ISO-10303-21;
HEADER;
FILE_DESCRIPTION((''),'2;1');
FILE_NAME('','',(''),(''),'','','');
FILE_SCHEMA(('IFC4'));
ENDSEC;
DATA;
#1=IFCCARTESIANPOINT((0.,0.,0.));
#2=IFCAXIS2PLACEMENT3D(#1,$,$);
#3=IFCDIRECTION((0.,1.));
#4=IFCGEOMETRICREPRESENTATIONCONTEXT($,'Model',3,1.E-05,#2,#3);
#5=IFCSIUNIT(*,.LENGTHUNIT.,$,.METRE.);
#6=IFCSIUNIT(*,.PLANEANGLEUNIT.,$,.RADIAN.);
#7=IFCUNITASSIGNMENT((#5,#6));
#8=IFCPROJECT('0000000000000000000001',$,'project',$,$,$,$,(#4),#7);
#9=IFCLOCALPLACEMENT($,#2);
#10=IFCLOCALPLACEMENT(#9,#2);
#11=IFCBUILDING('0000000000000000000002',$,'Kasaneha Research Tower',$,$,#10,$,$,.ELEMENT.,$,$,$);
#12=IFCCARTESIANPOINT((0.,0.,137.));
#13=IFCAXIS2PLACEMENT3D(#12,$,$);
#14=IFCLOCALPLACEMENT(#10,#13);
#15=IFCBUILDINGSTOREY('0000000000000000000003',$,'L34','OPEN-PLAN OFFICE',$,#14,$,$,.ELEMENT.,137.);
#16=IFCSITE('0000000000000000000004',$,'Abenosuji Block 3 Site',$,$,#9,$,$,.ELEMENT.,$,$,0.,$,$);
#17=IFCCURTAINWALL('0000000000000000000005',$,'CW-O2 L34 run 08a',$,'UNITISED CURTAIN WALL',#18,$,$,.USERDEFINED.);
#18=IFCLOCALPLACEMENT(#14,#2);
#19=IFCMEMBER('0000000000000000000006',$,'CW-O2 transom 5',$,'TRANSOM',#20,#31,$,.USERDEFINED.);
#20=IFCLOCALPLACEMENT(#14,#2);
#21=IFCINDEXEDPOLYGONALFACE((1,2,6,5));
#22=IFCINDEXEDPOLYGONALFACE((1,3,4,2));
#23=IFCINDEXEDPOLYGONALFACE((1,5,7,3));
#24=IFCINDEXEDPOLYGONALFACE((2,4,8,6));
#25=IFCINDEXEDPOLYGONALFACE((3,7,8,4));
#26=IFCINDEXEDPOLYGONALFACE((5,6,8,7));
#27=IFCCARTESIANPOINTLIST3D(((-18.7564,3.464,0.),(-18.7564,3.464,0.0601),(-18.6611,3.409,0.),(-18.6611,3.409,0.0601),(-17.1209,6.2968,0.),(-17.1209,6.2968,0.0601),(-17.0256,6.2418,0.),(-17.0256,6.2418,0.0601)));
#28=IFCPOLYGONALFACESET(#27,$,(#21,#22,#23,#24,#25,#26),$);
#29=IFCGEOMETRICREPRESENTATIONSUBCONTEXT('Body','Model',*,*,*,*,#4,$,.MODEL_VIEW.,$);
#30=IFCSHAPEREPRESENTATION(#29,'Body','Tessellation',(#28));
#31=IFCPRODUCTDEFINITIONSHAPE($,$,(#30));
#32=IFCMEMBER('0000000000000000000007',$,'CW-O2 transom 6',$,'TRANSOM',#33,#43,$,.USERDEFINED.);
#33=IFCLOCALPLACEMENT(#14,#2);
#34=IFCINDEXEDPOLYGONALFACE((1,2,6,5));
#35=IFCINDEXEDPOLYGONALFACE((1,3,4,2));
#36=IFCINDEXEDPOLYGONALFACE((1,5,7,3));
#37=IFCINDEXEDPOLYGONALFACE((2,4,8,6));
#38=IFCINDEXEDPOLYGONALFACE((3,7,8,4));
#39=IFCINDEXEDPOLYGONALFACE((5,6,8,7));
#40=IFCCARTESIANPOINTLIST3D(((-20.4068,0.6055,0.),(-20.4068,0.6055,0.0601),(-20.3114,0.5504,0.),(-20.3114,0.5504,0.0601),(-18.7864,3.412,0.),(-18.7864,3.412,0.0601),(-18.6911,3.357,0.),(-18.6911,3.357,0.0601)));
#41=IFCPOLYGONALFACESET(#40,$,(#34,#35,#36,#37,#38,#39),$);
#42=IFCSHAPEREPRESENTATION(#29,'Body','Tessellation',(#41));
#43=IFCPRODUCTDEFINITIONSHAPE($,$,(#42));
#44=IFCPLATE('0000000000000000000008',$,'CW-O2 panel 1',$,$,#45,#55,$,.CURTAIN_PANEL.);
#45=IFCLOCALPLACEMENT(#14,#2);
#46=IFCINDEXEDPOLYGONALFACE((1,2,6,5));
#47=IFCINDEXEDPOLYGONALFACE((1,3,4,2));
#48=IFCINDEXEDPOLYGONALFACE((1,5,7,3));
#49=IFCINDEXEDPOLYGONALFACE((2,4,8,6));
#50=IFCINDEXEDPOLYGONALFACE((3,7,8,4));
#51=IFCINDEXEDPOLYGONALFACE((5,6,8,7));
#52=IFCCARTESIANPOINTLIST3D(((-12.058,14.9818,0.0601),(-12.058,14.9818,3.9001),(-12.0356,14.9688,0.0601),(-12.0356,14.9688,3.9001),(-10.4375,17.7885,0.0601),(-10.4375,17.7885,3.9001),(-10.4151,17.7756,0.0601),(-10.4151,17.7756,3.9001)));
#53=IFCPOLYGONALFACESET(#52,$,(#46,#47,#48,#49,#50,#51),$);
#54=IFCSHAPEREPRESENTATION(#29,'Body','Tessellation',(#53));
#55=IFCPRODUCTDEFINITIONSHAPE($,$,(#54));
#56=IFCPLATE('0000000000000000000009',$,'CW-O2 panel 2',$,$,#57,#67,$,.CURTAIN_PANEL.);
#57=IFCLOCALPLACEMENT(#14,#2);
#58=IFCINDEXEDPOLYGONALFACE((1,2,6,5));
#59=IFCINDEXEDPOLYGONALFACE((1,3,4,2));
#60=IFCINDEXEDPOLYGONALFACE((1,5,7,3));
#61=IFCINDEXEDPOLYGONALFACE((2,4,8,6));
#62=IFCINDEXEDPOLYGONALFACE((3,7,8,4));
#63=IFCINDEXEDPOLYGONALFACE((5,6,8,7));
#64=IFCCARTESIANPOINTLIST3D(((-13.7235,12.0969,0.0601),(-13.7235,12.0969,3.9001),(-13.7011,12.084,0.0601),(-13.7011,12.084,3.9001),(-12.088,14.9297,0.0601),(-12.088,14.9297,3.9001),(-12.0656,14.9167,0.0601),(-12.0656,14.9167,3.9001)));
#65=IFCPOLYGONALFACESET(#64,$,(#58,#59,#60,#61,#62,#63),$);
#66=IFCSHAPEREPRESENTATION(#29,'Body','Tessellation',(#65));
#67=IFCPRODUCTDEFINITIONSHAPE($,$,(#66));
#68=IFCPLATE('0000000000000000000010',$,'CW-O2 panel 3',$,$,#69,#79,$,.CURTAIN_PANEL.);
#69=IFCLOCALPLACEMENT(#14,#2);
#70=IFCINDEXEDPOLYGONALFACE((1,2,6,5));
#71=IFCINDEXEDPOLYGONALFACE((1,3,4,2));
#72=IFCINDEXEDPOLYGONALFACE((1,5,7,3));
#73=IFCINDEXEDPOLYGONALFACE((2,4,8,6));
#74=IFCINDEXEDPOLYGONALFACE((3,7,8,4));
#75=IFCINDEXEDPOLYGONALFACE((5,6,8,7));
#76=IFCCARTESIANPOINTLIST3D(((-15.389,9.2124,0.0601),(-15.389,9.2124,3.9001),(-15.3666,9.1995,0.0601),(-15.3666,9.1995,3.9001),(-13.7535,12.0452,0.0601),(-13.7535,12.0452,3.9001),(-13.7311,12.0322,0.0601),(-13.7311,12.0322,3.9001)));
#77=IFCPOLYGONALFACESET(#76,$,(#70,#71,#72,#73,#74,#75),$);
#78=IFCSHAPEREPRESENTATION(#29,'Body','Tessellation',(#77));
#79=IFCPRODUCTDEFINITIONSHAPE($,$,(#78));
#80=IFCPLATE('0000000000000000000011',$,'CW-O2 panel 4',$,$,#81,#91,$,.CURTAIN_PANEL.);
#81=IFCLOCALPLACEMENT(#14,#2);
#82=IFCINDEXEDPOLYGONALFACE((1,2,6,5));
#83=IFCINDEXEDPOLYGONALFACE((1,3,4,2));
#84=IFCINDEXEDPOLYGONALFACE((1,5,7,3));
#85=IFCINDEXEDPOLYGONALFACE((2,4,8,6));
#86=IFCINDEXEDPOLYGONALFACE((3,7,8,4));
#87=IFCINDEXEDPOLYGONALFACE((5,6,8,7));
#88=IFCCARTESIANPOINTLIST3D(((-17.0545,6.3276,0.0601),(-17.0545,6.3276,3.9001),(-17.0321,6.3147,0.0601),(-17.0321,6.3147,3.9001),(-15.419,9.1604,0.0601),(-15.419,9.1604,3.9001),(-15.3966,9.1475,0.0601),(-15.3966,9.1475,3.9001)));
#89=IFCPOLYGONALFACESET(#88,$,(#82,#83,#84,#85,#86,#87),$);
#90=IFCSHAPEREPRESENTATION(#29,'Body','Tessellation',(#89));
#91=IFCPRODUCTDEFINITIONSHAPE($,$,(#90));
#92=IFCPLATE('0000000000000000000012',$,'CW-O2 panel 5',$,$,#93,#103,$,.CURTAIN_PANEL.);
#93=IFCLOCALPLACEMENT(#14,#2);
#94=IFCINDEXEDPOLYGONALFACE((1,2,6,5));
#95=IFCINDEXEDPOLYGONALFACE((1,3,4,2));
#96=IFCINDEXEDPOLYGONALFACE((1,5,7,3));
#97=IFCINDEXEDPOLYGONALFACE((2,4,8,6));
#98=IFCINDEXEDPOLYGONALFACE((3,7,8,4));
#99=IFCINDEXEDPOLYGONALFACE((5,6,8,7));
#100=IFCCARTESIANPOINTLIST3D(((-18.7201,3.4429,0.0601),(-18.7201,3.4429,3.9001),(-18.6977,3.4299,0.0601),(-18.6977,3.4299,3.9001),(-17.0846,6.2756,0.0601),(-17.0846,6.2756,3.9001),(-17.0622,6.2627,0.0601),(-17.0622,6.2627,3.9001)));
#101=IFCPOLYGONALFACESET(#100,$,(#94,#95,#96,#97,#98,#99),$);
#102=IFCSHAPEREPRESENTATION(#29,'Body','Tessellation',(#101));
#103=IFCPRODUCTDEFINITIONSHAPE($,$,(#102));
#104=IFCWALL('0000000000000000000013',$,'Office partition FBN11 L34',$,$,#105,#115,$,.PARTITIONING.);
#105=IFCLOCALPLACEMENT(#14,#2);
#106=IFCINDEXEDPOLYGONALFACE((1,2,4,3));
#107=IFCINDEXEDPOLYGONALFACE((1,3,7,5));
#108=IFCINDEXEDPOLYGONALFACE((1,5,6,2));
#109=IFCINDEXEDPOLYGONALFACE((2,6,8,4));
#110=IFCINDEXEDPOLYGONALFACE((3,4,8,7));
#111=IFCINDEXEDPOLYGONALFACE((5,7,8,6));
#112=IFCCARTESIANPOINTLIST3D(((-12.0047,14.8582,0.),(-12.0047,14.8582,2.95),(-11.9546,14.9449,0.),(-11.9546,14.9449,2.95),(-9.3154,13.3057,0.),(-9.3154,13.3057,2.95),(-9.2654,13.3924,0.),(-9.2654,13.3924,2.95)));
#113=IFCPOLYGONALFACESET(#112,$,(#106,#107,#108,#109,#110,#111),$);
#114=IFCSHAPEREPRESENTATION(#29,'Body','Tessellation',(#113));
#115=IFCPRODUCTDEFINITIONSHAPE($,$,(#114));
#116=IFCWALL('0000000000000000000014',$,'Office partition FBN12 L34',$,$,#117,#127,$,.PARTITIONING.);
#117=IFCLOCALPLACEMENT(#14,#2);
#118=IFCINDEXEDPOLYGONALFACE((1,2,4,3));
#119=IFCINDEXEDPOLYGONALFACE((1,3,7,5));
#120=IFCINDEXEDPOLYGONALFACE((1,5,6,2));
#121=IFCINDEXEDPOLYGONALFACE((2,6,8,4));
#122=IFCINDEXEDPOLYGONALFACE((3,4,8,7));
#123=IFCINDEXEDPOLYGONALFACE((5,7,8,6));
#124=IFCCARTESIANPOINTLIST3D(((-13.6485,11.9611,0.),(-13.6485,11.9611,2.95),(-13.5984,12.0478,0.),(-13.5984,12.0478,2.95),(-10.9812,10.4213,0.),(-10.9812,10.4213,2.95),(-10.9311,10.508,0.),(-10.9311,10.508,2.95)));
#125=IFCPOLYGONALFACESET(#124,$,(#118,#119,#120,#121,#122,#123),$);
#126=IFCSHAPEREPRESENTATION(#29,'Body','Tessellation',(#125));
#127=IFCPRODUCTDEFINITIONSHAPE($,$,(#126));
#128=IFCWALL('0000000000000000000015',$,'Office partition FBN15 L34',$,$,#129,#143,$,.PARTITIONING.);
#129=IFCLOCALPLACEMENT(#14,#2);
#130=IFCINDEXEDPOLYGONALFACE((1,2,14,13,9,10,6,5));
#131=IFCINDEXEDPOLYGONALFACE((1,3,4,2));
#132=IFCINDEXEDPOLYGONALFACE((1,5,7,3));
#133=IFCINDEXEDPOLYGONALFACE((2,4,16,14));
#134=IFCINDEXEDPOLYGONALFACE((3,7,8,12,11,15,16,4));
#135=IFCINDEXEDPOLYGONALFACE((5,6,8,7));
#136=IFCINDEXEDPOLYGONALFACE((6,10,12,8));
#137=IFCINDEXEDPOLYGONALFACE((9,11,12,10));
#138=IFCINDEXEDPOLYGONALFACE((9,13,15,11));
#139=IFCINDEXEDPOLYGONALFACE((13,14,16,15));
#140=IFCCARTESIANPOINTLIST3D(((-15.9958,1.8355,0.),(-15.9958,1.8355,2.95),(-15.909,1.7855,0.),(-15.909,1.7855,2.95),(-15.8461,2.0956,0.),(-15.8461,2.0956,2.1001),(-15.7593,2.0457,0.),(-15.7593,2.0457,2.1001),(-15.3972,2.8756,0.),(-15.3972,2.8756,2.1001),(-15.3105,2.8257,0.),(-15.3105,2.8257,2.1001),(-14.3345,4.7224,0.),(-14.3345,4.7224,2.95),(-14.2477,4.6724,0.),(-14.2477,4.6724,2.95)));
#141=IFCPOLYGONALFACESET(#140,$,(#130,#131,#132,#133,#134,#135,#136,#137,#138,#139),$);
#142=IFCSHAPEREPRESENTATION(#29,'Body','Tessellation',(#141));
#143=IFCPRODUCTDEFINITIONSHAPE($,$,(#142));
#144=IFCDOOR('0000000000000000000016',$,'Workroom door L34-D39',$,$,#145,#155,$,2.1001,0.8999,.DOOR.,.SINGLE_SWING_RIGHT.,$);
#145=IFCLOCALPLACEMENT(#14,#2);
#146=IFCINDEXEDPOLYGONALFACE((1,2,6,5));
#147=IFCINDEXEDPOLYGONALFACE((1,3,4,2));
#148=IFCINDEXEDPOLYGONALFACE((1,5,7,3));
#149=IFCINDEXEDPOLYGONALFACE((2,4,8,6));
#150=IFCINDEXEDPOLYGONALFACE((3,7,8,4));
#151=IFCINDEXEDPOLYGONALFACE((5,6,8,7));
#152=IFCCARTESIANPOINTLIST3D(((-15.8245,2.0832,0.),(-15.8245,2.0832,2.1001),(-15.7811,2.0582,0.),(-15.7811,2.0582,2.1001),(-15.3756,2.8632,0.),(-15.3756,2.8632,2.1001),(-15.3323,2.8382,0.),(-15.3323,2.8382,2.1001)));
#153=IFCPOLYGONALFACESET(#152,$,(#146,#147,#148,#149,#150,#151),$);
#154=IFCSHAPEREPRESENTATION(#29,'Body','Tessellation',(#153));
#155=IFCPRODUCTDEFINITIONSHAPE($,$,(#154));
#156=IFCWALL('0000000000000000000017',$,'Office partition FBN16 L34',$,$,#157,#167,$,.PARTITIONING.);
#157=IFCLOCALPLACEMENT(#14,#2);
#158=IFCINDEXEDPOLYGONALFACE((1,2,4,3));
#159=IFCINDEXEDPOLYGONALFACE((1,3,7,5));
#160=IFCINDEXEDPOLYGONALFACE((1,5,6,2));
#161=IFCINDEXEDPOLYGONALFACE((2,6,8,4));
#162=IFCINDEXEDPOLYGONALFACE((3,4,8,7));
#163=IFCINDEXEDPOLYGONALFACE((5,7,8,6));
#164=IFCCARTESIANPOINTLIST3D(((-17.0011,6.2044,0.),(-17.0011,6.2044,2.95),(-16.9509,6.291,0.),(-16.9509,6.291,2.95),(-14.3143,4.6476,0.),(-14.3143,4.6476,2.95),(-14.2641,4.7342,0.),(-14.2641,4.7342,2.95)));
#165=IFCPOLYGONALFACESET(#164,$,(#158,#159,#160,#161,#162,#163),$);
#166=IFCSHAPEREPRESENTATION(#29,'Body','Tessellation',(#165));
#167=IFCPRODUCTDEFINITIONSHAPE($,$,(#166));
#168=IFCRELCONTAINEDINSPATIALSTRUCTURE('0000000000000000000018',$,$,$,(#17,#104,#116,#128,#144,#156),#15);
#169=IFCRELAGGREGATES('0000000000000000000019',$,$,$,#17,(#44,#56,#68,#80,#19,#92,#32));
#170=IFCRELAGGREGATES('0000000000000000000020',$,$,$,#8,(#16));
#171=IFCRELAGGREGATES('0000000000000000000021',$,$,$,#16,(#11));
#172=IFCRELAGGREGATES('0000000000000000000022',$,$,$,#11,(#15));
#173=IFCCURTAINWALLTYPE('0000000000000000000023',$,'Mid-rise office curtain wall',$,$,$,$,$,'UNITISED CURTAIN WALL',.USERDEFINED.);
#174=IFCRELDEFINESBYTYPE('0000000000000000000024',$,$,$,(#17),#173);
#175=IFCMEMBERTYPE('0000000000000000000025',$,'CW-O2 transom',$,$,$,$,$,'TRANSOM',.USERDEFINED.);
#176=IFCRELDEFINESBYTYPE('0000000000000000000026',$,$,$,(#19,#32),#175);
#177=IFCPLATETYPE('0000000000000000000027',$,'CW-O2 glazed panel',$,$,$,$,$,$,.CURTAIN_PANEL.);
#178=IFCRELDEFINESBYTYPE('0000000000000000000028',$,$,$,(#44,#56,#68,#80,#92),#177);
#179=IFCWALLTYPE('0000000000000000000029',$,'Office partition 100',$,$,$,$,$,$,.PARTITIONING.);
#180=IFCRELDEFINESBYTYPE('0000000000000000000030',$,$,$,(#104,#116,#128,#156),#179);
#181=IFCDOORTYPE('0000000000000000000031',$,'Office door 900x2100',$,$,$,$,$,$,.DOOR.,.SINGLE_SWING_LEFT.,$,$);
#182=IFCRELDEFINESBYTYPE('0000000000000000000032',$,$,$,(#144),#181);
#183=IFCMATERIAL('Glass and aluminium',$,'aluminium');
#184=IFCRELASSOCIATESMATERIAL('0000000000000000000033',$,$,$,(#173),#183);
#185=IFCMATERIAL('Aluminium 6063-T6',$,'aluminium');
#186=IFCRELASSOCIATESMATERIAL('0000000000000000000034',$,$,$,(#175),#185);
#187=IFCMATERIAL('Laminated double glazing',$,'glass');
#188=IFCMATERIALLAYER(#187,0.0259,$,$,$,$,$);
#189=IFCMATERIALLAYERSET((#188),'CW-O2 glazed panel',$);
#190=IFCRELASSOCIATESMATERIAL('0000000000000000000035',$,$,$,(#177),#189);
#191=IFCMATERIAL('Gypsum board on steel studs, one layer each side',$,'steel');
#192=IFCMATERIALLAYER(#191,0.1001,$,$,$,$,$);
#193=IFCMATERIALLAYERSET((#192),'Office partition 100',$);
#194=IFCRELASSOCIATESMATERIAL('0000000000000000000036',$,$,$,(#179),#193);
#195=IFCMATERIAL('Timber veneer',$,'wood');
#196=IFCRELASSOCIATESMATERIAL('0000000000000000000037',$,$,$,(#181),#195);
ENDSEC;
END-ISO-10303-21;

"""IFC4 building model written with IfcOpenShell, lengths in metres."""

from ifc_helpers import new_model, si_unit, direction, frame, frame_2d, origin, origin_2d, place, context, subcontext, project, spatial, rectangle, extrude, material, layer, layer_set, material_profile, profile_set, type_object, element, fill, aggregate, save


model = new_model("IFC4")

# Units and contexts
model_context = context("Model", 3, precision=1e-05, world=origin(), true_north=direction((0.0, 1.0)))
body_context = subcontext(model_context, "Body", "Model", "MODEL_VIEW")
ifc_project = project(units=[si_unit("LENGTHUNIT", "METRE"), si_unit("PLANEANGLEUNIT", "RADIAN")], contexts=[model_context])

# Site, building, storey
site_placement = place(None, origin())
site = spatial("IfcSite", under=ifc_project, at=site_placement, Name="Abenosuji Block 3 Site", CompositionType="ELEMENT", RefElevation=0.0)
building_placement = place(site_placement, origin())
building = spatial("IfcBuilding", under=site, at=building_placement, Name="Kasaneha Research Tower", CompositionType="ELEMENT")
storey_placement = place(building_placement, frame((0.0, 0.0, 137.0)))
storey = spatial("IfcBuildingStorey", under=building, at=storey_placement, Name="L34", Description="OPEN-PLAN OFFICE", CompositionType="ELEMENT", Elevation=137.0)

# Shared definitions
ifc_material_1 = material(Name="Glass and aluminium", Category="aluminium")
curtain_wall_type = type_object("IfcCurtainWallType", Name="Mid-rise office curtain wall", ElementType="UNITISED CURTAIN WALL", PredefinedType="USERDEFINED", material=ifc_material_1)

# Curtain wall, members, plates
curtain_wall_1_placement = place(storey_placement, origin())
curtain_wall_1 = element("IfcCurtainWall", 1, at=curtain_wall_1_placement, inside=storey, type_object=curtain_wall_type, Name="CW-O2 L34 run 08a", ObjectType="UNITISED CURTAIN WALL", PredefinedType="USERDEFINED")
ifc_material_2 = material(Name="Aluminium 6063-T6", Category="aluminium")
ifc_material_profile_1 = material_profile(ifc_material_2, rectangle(XDim=0.1101, YDim=0.0601, at=origin_2d()), Name="CW-O2 transom 110x60")
ifc_profile_set_1 = profile_set([ifc_material_profile_1], Name="Aluminium 6063-T6")
member_type_1 = type_object("IfcMemberType", Name="CW-O2 transom", ElementType="TRANSOM", PredefinedType="USERDEFINED", material=ifc_profile_set_1)
member_1_placement = place(storey_placement, frame((-17.0732, 6.2693, 0.03), z_axis=(-0.5, -0.866025, 0.0), x_axis=(0.866025, -0.5, 0.0)))
member_1 = element("IfcMember", 2, at=member_1_placement, type_object=member_type_1, Name="CW-O2 transom 5", ObjectType="TRANSOM", PredefinedType="USERDEFINED", context=body_context, shape_type="SweptSolid", body=[
    extrude(rectangle(XDim=0.1101, YDim=0.0601, at=origin_2d()), origin(), (0.0, 0.0, 1.0), 3.271),
])
member_2_placement = place(storey_placement, frame((-18.7388, 3.3845, 0.03), z_axis=(-0.499988, -0.866033, 0.0), x_axis=(0.866033, -0.499988, 0.0)))
member_2 = element("IfcMember", 3, at=member_2_placement, type_object=member_type_1, Name="CW-O2 transom 6", ObjectType="TRANSOM", PredefinedType="USERDEFINED", context=body_context, shape_type="SweptSolid", body=[
    extrude(rectangle(XDim=0.1101, YDim=0.0601, at=origin_2d()), origin(), (0.0, 0.0, 1.0), 3.2407),
])
ifc_material_3 = material(Name="Laminated double glazing", Category="glass")
ifc_layer_1 = layer(ifc_material_3, 0.0259)
ifc_layer_set_1 = layer_set([ifc_layer_1], Name="CW-O2 glazed panel")
plate_type = type_object("IfcPlateType", Name="CW-O2 glazed panel", PredefinedType="CURTAIN_PANEL", material=ifc_layer_set_1)
plate_1_placement = place(storey_placement, frame((-11.2366, 16.3787, 0.0601), z_axis=(0.0, 0.0, 1.0), x_axis=(-0.5, -0.866025, 0.0)))
plate_1 = element("IfcPlate", 4, at=plate_1_placement, type_object=plate_type, Name="CW-O2 panel 1", PredefinedType="CURTAIN_PANEL", context=body_context, shape_type="SweptSolid", body=[
    extrude(rectangle(XDim=3.241, YDim=0.0259, at=origin_2d()), origin(), (0.0, 0.0, 1.0), 3.8401),
])
plate_2_placement = place(storey_placement, frame((-12.8945, 13.5068, 0.0601), z_axis=(0.0, 0.0, 1.0), x_axis=(-0.5, -0.866025, 0.0)))
plate_2 = element("IfcPlate", 5, at=plate_2_placement, type_object=plate_type, Name="CW-O2 panel 2", PredefinedType="CURTAIN_PANEL", context=body_context, shape_type="SweptSolid", body=[
    extrude(rectangle(XDim=3.271, YDim=0.0259, at=origin_2d()), origin(), (0.0, 0.0, 1.0), 3.8401),
])
plate_3_placement = place(storey_placement, frame((-14.5601, 10.6223, 0.0601), z_axis=(0.0, 0.0, 1.0), x_axis=(-0.5, -0.866025, 0.0)))
plate_3 = element("IfcPlate", 6, at=plate_3_placement, type_object=plate_type, Name="CW-O2 panel 3", PredefinedType="CURTAIN_PANEL", context=body_context, shape_type="SweptSolid", body=[
    extrude(rectangle(XDim=3.271, YDim=0.0259, at=origin_2d()), origin(), (0.0, 0.0, 1.0), 3.8401),
])
plate_4_placement = place(storey_placement, frame((-16.2256, 7.7375, 0.0601), z_axis=(0.0, 0.0, 1.0), x_axis=(-0.5, -0.866025, 0.0)))
plate_4 = element("IfcPlate", 7, at=plate_4_placement, type_object=plate_type, Name="CW-O2 panel 4", PredefinedType="CURTAIN_PANEL", context=body_context, shape_type="SweptSolid", body=[
    extrude(rectangle(XDim=3.271, YDim=0.0259, at=origin_2d()), origin(), (0.0, 0.0, 1.0), 3.8401),
])
plate_5_placement = place(storey_placement, frame((-17.8911, 4.8528, 0.0601), z_axis=(0.0, 0.0, 1.0), x_axis=(-0.5, -0.866025, 0.0)))
plate_5 = element("IfcPlate", 8, at=plate_5_placement, type_object=plate_type, Name="CW-O2 panel 5", PredefinedType="CURTAIN_PANEL", context=body_context, shape_type="SweptSolid", body=[
    extrude(rectangle(XDim=3.271, YDim=0.0259, at=origin_2d()), origin(), (0.0, 0.0, 1.0), 3.8401),
])
aggregate(curtain_wall_1, [plate_1, plate_2, plate_3, plate_4, member_1, plate_5, member_2])

# Walls
ifc_material_4 = material(Name="Gypsum board on steel studs, one layer each side", Category="steel")
ifc_layer_2 = layer(ifc_material_4, 0.1001)
ifc_layer_set_2 = layer_set([ifc_layer_2], Name="Office partition 100")
wall_type_1 = type_object("IfcWallType", Name="Office partition 100", PredefinedType="PARTITIONING", material=ifc_layer_set_2)
wall_1_placement = place(storey_placement, frame((-11.9797, 14.9016, 0.0), z_axis=(0.0, 0.0, 1.0), x_axis=(0.866043, -0.49997, 0.0)))
element("IfcWall", 9, at=wall_1_placement, inside=storey, type_object=wall_type_1, Name="Office partition FBN11 L34", PredefinedType="PARTITIONING", context=body_context, shape_type="SweptSolid", body=[
    extrude(rectangle(XDim=3.1052, YDim=0.1001, at=frame_2d((1.5527, 0.0))), origin(), (0.0, 0.0, 1.0), 2.95),
])
wall_2_placement = place(storey_placement, frame((-10.9561, 10.4646, 0.0), z_axis=(0.0, 0.0, 1.0), x_axis=(-0.866044, 0.499967, 0.0)))
element("IfcWall", 10, at=wall_2_placement, inside=storey, type_object=wall_type_1, Name="Office partition FBN12 L34", PredefinedType="PARTITIONING", context=body_context, shape_type="SweptSolid", body=[
    extrude(rectangle(XDim=3.0798, YDim=0.1001, at=frame_2d((1.54, 0.0))), origin(), (0.0, 0.0, 1.0), 2.95),
])

# Wall, opening, door
wall_3_placement = place(storey_placement, frame((-14.291, 4.6975, 0.0), z_axis=(0.0, 0.0, 1.0), x_axis=(-0.498781, -0.866728, 0.0)))
wall_3 = element("IfcWall", 11, at=wall_3_placement, inside=storey, type_object=wall_type_1, Name="Office partition FBN15 L34", PredefinedType="PARTITIONING", context=body_context, shape_type="SweptSolid", body=[
    extrude(rectangle(XDim=3.3308, YDim=0.1001, at=frame_2d((1.6655, 0.0))), origin(), (0.0, 0.0, 1.0), 2.95),
])
opening_1_placement = place(wall_3_placement, frame((2.1309, 0.0, 0.0)))
opening_1 = element("IfcOpeningElement", 12, at=opening_1_placement, cuts=wall_3, PredefinedType="OPENING", context=body_context, shape_type="SweptSolid", body=[
    extrude(rectangle(XDim=0.8999, YDim=2.1001, at=frame_2d((0.45, 1.05))), frame((0.0, 0.0601, 0.0), z_axis=(0.0, -1.0, 0.0), x_axis=(1.0, 0.0, 0.0)), (0.0, 0.0, 1.0), 0.1201),
])
ifc_material_5 = material(Name="Timber veneer", Category="wood")
door_type_1 = type_object("IfcDoorType", Name="Office door 900x2100", OperationType="SINGLE_SWING_LEFT", PredefinedType="DOOR", material=ifc_material_5)
door_1_placement = place(opening_1_placement, origin())
door_1 = element("IfcDoor", 13, at=door_1_placement, inside=storey, type_object=door_type_1, Name="Workroom door L34-D39", OperationType="SINGLE_SWING_RIGHT", OverallHeight=2.1001, OverallWidth=0.8999, PredefinedType="DOOR", context=body_context, shape_type="SweptSolid", body=[
    extrude(rectangle(XDim=0.8999, YDim=2.1001, at=frame_2d((0.45, 1.05))), frame((0.0, 0.0249, 0.0), z_axis=(0.0, -1.0, 0.0), x_axis=(1.0, 0.0, 0.0)), (0.0, 0.0, 1.0), 0.05),
])
fill(opening_1, door_1)

# Wall
wall_4_placement = place(storey_placement, frame((-16.9761, 6.2478, 0.0), z_axis=(0.0, 0.0, 1.0), x_axis=(0.865232, -0.501371, 0.0)))
element("IfcWall", 14, at=wall_4_placement, inside=storey, type_object=wall_type_1, Name="Office partition FBN16 L34", PredefinedType="PARTITIONING", context=body_context, shape_type="SweptSolid", body=[
    extrude(rectangle(XDim=3.1052, YDim=0.1001, at=frame_2d((1.5527, 0.0))), origin(), (0.0, 0.0, 1.0), 2.95),
])

save(model, "model.ifc")
